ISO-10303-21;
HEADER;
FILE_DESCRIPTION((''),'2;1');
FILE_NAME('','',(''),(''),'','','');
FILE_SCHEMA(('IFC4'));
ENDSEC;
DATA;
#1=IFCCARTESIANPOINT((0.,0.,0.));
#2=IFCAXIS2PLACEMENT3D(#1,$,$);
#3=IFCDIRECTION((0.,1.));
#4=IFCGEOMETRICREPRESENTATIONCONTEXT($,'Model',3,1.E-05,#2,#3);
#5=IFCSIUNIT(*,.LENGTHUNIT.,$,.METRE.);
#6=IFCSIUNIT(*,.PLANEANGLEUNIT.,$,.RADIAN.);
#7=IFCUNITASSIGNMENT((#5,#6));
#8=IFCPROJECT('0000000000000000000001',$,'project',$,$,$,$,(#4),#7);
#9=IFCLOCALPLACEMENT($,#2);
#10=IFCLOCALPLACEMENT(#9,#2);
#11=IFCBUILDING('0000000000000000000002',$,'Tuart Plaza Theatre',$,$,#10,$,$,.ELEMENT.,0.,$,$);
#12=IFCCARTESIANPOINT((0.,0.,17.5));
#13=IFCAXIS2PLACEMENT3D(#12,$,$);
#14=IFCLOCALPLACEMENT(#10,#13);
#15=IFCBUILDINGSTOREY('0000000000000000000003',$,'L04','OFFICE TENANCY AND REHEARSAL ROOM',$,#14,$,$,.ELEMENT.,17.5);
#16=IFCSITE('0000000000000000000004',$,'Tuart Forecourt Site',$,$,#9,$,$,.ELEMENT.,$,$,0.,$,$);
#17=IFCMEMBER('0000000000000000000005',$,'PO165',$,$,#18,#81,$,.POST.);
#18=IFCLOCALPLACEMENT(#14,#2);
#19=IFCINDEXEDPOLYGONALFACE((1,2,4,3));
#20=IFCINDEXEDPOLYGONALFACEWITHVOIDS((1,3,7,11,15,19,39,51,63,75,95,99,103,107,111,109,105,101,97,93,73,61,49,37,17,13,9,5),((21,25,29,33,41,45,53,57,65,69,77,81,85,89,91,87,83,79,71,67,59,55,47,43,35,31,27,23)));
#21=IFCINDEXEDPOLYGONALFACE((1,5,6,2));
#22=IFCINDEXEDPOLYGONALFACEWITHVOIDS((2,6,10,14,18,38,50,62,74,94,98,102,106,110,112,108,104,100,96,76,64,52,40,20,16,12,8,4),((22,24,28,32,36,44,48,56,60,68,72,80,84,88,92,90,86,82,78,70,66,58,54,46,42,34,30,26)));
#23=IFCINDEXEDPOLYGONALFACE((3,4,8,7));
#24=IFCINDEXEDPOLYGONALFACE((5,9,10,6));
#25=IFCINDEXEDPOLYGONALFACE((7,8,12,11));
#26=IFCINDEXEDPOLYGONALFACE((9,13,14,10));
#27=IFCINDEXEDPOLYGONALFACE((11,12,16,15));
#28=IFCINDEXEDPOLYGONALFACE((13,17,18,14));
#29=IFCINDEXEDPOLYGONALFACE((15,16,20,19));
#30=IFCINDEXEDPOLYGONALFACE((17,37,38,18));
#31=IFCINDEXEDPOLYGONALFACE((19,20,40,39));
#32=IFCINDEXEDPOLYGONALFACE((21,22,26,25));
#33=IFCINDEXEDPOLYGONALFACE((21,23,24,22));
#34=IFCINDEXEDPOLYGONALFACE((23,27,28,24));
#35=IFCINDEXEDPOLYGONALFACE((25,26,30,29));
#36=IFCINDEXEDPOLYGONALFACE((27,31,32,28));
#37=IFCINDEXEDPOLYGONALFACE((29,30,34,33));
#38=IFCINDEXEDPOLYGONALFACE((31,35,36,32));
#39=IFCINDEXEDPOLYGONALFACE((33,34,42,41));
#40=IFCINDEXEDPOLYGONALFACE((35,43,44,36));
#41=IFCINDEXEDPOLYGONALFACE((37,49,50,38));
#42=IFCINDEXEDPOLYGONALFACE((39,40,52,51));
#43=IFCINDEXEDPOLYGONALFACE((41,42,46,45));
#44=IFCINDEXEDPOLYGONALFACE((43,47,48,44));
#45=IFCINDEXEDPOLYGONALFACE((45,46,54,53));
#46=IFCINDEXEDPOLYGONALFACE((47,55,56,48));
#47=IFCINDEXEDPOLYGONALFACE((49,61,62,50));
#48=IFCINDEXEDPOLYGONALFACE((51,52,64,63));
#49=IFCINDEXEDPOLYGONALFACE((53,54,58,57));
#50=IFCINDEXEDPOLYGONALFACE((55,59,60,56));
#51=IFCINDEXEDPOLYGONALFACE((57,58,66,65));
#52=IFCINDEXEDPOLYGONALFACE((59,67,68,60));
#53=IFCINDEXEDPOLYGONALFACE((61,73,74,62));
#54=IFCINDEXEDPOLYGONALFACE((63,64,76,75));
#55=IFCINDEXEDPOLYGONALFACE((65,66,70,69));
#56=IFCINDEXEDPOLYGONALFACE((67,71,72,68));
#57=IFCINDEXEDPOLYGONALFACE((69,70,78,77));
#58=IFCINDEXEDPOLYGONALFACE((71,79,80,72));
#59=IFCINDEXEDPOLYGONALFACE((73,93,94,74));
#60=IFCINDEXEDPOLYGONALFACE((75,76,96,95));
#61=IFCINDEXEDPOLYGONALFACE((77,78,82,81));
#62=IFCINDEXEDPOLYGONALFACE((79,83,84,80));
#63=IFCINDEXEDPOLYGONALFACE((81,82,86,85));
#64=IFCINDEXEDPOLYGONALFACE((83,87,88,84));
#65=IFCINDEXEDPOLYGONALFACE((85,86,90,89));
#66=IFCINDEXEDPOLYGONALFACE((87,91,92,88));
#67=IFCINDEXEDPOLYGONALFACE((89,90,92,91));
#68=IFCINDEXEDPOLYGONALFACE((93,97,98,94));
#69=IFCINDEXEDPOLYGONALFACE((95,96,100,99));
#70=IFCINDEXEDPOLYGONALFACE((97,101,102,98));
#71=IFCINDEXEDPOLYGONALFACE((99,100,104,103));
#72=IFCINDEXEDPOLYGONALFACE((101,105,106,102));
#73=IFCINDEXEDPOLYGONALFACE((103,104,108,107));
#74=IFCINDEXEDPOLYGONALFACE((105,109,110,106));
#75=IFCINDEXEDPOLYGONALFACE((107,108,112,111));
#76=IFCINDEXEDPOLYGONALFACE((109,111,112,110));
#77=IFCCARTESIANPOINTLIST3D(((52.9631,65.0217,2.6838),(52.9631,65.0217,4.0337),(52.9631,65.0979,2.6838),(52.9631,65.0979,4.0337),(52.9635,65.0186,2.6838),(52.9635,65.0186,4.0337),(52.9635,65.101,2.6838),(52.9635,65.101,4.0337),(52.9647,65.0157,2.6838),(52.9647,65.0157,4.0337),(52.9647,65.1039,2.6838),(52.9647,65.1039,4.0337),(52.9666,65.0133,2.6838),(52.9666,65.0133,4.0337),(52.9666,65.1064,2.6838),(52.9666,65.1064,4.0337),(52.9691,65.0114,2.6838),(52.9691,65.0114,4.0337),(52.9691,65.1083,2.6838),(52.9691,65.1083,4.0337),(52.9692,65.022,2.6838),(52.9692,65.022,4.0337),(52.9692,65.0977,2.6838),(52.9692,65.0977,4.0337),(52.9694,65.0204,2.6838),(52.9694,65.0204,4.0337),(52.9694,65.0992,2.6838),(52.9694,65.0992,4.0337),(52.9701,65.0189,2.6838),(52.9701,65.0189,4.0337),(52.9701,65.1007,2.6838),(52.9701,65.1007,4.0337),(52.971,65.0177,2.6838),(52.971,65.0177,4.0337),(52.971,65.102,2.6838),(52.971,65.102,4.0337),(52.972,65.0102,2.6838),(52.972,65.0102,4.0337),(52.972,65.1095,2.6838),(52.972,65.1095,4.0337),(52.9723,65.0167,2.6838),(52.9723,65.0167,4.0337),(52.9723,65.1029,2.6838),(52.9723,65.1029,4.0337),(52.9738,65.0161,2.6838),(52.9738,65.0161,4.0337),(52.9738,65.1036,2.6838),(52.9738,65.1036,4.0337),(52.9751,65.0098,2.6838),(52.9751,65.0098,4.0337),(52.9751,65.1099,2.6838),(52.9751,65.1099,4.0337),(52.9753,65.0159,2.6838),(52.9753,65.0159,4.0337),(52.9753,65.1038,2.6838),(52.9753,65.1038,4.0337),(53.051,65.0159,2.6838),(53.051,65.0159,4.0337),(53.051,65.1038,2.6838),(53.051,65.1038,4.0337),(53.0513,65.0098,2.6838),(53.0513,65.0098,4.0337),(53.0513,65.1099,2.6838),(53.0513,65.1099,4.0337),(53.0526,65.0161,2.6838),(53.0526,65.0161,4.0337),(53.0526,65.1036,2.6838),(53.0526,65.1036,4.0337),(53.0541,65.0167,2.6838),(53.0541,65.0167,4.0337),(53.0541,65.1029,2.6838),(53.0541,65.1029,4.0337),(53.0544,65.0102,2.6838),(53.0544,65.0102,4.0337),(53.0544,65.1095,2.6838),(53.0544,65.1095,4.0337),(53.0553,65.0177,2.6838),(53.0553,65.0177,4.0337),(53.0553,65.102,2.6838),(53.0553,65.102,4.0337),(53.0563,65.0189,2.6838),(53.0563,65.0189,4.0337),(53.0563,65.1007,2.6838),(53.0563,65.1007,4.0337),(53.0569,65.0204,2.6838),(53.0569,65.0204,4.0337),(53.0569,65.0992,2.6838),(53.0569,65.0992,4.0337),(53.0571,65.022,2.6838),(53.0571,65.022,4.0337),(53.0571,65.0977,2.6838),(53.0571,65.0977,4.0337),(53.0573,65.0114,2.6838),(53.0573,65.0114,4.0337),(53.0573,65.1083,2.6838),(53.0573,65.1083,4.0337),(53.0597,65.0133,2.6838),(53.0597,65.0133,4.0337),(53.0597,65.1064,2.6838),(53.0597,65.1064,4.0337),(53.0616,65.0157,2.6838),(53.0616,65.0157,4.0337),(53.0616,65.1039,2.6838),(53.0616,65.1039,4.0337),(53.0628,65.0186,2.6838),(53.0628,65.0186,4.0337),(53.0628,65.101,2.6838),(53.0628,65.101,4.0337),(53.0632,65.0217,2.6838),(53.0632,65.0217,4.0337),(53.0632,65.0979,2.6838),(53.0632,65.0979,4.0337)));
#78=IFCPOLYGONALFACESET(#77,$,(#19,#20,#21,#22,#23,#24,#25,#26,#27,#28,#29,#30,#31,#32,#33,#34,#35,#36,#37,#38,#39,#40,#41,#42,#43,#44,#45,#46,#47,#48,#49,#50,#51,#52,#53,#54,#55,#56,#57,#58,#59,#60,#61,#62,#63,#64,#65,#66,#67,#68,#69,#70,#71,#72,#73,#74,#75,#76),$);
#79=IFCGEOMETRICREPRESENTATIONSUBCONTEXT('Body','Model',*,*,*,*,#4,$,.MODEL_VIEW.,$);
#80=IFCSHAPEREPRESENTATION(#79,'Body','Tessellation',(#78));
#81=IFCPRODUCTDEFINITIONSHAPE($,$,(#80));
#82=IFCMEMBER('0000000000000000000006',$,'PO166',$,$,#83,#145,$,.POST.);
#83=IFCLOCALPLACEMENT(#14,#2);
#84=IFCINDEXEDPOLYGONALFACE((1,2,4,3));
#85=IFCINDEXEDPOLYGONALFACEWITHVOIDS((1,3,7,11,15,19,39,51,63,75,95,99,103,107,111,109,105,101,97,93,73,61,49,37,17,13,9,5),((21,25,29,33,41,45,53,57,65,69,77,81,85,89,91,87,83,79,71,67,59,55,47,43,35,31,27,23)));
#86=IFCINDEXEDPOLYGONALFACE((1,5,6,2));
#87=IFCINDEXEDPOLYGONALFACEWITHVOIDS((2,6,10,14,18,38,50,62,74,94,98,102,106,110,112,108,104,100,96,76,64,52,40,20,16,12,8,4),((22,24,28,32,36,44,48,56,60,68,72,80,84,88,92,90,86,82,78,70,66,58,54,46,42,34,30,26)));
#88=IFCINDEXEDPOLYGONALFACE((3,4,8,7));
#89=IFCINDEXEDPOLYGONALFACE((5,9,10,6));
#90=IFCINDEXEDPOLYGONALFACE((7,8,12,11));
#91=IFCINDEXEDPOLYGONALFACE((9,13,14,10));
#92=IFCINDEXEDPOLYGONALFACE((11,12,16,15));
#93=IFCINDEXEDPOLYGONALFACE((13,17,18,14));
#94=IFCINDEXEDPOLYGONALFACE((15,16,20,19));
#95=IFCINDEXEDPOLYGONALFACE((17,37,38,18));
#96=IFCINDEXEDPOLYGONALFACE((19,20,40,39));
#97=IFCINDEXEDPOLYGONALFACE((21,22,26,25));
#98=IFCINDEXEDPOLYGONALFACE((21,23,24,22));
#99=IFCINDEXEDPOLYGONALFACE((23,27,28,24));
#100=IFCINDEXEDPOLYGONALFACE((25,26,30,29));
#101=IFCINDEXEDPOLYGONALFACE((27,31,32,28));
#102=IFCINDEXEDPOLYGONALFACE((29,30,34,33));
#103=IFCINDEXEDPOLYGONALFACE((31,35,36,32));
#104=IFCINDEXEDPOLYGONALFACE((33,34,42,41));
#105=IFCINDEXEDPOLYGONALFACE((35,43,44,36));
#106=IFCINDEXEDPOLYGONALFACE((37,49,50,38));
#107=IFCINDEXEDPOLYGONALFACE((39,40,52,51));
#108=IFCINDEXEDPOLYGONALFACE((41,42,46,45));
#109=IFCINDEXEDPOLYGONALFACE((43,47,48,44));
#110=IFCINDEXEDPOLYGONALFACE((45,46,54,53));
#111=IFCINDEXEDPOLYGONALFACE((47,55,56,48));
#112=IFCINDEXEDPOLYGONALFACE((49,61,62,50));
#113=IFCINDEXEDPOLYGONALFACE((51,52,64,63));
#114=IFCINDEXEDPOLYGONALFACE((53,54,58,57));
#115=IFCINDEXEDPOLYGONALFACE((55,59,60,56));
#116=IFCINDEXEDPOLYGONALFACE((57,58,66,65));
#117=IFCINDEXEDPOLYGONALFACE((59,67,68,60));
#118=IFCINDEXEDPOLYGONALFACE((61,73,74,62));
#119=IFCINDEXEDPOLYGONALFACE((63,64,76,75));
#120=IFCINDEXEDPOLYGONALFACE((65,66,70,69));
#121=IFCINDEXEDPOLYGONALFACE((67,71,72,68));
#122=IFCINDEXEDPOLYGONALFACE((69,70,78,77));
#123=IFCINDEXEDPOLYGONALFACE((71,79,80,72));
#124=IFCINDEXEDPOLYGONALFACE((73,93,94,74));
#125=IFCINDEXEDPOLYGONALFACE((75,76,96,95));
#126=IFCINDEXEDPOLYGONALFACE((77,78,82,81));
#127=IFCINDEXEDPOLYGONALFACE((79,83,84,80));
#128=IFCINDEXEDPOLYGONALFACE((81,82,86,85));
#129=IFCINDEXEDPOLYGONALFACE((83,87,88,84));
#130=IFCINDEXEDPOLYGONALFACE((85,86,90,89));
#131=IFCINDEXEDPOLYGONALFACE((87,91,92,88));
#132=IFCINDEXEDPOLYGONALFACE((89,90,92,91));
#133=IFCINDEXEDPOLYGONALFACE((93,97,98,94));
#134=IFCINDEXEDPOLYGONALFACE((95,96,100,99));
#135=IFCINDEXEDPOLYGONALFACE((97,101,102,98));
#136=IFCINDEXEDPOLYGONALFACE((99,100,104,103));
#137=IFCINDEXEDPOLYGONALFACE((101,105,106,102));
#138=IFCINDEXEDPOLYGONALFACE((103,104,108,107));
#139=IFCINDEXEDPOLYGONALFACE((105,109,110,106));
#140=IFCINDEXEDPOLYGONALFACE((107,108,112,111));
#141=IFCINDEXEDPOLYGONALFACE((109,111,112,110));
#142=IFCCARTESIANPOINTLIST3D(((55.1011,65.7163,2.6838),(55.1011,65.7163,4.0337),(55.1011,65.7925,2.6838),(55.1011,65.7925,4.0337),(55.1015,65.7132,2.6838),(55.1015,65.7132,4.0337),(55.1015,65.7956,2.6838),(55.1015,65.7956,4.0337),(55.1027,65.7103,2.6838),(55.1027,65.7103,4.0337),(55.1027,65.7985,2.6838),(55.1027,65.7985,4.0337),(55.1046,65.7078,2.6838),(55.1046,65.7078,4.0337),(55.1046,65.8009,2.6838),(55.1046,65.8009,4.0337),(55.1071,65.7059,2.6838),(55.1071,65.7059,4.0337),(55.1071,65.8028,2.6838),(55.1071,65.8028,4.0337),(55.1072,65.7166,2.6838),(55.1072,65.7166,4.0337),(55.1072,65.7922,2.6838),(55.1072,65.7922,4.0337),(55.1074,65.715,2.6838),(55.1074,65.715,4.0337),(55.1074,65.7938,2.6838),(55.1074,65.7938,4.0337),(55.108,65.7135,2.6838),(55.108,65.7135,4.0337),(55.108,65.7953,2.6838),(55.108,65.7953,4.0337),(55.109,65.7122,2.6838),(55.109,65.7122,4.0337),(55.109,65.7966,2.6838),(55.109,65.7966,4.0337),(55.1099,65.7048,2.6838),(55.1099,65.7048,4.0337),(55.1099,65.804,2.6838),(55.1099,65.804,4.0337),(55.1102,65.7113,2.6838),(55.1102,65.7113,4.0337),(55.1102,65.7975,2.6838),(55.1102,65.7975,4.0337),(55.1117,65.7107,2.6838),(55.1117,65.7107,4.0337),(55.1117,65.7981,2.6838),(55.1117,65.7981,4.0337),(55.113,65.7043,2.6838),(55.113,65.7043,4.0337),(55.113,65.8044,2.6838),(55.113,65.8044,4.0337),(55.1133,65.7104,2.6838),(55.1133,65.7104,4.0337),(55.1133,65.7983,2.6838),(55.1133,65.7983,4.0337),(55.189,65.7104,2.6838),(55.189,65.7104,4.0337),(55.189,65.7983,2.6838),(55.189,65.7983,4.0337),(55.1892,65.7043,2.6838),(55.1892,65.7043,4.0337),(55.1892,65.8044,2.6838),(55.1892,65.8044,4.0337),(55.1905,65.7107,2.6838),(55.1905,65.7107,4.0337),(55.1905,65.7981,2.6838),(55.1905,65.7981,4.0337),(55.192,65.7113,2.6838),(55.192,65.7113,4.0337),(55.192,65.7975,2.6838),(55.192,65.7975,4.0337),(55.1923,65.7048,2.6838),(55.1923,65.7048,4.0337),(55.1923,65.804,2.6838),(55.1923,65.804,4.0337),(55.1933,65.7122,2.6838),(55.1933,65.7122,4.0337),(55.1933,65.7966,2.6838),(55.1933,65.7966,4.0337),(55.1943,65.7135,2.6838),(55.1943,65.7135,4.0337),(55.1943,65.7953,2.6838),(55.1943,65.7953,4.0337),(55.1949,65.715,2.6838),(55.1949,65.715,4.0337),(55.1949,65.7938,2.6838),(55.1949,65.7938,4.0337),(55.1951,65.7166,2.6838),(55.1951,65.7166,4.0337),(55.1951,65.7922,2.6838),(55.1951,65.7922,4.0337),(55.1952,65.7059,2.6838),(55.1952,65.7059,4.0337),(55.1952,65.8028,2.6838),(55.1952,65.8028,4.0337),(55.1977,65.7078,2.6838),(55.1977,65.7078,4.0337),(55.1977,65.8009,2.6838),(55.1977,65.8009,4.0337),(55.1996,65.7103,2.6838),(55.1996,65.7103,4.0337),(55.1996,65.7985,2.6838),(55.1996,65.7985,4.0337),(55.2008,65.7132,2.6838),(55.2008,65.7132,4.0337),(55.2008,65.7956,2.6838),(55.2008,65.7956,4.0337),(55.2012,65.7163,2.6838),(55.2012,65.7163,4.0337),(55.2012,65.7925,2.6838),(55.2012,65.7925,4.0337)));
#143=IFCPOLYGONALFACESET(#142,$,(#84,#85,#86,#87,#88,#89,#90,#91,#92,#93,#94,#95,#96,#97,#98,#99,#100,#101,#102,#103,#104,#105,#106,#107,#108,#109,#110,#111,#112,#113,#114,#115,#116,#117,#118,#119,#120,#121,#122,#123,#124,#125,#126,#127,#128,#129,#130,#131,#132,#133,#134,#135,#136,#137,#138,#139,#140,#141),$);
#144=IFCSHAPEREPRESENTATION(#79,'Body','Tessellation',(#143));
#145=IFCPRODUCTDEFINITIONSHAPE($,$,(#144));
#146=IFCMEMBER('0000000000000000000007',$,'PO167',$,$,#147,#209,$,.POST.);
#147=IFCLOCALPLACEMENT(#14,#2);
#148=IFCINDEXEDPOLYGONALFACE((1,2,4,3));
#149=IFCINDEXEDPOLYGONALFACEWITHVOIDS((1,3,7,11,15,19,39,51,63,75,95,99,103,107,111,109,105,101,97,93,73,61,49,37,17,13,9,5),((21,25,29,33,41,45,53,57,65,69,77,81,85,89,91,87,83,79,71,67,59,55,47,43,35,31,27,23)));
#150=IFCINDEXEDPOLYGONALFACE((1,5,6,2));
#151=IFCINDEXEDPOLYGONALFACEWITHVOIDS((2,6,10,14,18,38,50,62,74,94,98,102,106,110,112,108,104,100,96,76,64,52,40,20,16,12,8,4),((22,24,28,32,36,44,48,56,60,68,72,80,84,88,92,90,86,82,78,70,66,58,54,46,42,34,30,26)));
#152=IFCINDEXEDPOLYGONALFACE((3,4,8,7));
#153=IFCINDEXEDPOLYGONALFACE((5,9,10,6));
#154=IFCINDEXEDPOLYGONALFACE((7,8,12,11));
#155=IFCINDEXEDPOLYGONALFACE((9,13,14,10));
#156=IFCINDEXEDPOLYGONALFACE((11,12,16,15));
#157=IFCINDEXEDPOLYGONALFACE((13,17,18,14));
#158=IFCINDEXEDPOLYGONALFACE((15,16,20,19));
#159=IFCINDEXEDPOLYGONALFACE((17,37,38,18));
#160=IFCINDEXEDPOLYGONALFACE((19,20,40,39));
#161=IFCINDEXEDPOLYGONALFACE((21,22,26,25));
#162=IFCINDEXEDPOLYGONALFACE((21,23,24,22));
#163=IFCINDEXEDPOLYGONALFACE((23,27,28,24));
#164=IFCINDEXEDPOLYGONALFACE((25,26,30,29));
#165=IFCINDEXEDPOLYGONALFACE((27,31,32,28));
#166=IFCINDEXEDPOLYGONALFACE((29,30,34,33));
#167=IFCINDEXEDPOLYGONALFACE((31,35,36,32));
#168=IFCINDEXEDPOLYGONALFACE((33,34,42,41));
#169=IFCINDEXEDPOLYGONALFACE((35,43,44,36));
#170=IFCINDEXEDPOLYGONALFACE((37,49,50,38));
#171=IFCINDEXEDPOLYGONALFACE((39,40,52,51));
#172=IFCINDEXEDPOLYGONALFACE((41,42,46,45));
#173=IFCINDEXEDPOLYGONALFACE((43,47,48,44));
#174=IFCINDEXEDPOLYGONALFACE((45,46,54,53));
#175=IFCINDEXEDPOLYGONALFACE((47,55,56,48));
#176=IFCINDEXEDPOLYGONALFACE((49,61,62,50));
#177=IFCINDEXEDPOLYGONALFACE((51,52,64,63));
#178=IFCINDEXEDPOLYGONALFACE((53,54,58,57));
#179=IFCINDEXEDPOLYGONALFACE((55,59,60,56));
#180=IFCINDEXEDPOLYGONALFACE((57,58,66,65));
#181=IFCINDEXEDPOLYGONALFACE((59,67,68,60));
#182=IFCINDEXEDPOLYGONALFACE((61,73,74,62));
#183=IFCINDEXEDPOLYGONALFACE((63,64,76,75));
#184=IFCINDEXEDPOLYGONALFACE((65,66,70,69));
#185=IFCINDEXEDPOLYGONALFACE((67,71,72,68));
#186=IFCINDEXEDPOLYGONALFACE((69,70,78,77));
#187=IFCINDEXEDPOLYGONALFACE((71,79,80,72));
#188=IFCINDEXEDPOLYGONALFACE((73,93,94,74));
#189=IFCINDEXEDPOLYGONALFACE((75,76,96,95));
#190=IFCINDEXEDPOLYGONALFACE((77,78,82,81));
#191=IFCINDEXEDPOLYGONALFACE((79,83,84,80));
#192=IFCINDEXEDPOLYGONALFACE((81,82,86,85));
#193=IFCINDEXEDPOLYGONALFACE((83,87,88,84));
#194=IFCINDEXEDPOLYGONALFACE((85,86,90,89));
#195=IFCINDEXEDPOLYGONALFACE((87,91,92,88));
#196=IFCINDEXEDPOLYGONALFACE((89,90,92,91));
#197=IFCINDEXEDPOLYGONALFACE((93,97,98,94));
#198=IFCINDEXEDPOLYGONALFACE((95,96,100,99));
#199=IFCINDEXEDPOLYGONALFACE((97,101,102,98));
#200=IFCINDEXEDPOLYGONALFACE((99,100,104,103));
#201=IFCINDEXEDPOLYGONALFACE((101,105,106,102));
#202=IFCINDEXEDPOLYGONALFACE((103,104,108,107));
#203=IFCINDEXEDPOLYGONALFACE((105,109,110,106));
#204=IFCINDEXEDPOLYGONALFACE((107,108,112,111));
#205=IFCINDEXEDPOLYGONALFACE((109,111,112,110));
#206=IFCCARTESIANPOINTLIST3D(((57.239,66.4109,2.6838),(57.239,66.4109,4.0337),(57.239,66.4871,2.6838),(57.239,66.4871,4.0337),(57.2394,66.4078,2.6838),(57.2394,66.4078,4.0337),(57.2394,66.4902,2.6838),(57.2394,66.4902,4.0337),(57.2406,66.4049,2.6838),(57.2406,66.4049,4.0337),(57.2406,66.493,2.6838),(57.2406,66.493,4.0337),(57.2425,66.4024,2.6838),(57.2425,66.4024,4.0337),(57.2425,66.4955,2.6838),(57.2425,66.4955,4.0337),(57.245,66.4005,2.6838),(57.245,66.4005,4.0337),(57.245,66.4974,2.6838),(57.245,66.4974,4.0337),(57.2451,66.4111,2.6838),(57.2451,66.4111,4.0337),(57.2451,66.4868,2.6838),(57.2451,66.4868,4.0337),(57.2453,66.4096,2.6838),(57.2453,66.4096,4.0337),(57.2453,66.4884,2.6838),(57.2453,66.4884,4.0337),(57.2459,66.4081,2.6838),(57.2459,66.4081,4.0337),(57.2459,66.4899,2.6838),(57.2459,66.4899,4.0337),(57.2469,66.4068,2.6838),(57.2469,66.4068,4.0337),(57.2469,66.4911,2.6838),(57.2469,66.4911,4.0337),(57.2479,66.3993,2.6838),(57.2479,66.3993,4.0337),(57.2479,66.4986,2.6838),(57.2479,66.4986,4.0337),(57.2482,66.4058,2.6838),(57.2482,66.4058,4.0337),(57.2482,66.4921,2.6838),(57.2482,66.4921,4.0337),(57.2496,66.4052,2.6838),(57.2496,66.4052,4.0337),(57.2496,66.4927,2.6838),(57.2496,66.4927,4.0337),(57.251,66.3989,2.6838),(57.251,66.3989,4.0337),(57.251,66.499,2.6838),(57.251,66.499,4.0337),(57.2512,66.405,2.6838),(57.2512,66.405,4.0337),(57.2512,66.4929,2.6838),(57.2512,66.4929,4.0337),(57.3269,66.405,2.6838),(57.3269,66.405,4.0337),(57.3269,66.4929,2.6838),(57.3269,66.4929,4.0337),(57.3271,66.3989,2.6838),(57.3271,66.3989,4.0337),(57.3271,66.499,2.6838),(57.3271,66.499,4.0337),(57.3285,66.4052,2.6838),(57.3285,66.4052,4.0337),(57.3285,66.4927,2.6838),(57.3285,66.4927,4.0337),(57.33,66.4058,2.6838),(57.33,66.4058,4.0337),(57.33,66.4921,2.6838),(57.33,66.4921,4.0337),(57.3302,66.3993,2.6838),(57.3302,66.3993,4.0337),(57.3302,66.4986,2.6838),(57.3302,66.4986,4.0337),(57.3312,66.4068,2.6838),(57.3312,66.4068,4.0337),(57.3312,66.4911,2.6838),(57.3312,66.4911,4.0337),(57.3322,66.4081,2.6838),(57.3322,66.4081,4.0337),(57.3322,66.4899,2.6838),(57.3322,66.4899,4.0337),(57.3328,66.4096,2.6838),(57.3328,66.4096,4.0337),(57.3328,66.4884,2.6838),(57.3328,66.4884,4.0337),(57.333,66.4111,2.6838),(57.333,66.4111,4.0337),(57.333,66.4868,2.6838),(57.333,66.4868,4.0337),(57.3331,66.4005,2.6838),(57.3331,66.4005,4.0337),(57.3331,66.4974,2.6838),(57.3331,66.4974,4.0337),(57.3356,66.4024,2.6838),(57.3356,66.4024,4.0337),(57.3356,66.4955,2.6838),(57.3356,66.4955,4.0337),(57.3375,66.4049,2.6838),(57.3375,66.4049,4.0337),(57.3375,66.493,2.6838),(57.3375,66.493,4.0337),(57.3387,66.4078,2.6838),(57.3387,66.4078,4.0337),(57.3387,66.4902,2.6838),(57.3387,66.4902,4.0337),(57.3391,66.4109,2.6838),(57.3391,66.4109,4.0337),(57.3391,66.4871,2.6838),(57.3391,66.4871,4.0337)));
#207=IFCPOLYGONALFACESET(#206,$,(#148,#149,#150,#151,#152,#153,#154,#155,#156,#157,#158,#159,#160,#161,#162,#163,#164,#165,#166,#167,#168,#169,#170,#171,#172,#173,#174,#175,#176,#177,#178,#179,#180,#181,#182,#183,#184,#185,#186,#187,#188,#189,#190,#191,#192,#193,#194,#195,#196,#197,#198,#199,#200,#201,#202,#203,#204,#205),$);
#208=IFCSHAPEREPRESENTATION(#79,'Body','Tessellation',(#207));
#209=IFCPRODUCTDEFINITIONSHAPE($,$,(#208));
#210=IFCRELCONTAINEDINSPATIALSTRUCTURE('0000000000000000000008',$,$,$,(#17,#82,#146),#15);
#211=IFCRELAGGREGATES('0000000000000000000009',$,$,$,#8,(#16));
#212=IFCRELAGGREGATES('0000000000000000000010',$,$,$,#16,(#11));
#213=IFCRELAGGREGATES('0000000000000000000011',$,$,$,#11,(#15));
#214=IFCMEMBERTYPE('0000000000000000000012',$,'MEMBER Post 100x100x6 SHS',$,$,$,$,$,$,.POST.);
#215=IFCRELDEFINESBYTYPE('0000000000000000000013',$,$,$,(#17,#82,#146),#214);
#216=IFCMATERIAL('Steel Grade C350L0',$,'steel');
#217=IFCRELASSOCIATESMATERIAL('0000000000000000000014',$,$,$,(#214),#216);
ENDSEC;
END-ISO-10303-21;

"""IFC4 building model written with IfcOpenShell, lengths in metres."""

from ifc_helpers import new_model, si_unit, direction, frame, origin, origin_2d, place, context, subcontext, project, spatial, hollow_rectangle, extrude, material, material_profile, profile_set, type_object, element, save


model = new_model("IFC4")

# Units and contexts
model_context = context("Model", 3, precision=1e-05, world=origin(), true_north=direction((0.0, 1.0)))
body_context = subcontext(model_context, "Body", "Model", "MODEL_VIEW")
ifc_project = project(units=[si_unit("LENGTHUNIT", "METRE"), si_unit("PLANEANGLEUNIT", "RADIAN")], contexts=[model_context])

# Site, building, storey
site_placement = place(None, origin())
site = spatial("IfcSite", under=ifc_project, at=site_placement, Name="Tuart Forecourt Site", CompositionType="ELEMENT", RefElevation=0.0)
building_placement = place(site_placement, origin())
building = spatial("IfcBuilding", under=site, at=building_placement, Name="Tuart Plaza Theatre", CompositionType="ELEMENT", ElevationOfRefHeight=0.0)
storey_placement = place(building_placement, frame((0.0, 0.0, 17.5)))
storey = spatial("IfcBuildingStorey", under=building, at=storey_placement, Name="L04", Description="OFFICE TENANCY AND REHEARSAL ROOM", CompositionType="ELEMENT", Elevation=17.5)

# Members
ifc_material_1 = material(Name="Steel Grade C350L0", Category="steel")
ifc_material_profile_1 = material_profile(ifc_material_1, hollow_rectangle(XDim=0.1001, YDim=0.1001, WallThickness=0.0061, InnerFilletRadius=0.0061, OuterFilletRadius=0.012, at=origin_2d()), Name="100x100x6 SHS")
ifc_profile_set_1 = profile_set([ifc_material_profile_1], Name="Steel Grade C350L0")
member_type_1 = type_object("IfcMemberType", Name="MEMBER Post 100x100x6 SHS", PredefinedType="POST", material=ifc_profile_set_1)
for number, where, z_axis, x_axis, name in (
    (1, (53.0132, 65.0598, 2.6838), (0.0, 0.0, 1.0), (1.0, 0.0, 0.0), "PO165"),
    (2, (55.1511, 65.7544, 2.6838), (0.0, 0.0, 1.0), (1.0, 0.0, 0.0), "PO166"),
    (3, (57.2891, 66.449, 2.6838), (0.0, 0.0, 1.0), (1.0, 0.0, 0.0), "PO167"),
):
    element("IfcMember", number, at=place(storey_placement, frame(where, z_axis=z_axis, x_axis=x_axis)), inside=storey, type_object=member_type_1, Name=name, PredefinedType="POST", context=body_context, shape_type="SweptSolid", body=[
        extrude(hollow_rectangle(XDim=0.1001, YDim=0.1001, WallThickness=0.0061, InnerFilletRadius=0.0061, OuterFilletRadius=0.012, at=origin_2d()), origin(), (0.0, 0.0, 1.0), 1.3499),
    ])

save(model, "model.ifc")
